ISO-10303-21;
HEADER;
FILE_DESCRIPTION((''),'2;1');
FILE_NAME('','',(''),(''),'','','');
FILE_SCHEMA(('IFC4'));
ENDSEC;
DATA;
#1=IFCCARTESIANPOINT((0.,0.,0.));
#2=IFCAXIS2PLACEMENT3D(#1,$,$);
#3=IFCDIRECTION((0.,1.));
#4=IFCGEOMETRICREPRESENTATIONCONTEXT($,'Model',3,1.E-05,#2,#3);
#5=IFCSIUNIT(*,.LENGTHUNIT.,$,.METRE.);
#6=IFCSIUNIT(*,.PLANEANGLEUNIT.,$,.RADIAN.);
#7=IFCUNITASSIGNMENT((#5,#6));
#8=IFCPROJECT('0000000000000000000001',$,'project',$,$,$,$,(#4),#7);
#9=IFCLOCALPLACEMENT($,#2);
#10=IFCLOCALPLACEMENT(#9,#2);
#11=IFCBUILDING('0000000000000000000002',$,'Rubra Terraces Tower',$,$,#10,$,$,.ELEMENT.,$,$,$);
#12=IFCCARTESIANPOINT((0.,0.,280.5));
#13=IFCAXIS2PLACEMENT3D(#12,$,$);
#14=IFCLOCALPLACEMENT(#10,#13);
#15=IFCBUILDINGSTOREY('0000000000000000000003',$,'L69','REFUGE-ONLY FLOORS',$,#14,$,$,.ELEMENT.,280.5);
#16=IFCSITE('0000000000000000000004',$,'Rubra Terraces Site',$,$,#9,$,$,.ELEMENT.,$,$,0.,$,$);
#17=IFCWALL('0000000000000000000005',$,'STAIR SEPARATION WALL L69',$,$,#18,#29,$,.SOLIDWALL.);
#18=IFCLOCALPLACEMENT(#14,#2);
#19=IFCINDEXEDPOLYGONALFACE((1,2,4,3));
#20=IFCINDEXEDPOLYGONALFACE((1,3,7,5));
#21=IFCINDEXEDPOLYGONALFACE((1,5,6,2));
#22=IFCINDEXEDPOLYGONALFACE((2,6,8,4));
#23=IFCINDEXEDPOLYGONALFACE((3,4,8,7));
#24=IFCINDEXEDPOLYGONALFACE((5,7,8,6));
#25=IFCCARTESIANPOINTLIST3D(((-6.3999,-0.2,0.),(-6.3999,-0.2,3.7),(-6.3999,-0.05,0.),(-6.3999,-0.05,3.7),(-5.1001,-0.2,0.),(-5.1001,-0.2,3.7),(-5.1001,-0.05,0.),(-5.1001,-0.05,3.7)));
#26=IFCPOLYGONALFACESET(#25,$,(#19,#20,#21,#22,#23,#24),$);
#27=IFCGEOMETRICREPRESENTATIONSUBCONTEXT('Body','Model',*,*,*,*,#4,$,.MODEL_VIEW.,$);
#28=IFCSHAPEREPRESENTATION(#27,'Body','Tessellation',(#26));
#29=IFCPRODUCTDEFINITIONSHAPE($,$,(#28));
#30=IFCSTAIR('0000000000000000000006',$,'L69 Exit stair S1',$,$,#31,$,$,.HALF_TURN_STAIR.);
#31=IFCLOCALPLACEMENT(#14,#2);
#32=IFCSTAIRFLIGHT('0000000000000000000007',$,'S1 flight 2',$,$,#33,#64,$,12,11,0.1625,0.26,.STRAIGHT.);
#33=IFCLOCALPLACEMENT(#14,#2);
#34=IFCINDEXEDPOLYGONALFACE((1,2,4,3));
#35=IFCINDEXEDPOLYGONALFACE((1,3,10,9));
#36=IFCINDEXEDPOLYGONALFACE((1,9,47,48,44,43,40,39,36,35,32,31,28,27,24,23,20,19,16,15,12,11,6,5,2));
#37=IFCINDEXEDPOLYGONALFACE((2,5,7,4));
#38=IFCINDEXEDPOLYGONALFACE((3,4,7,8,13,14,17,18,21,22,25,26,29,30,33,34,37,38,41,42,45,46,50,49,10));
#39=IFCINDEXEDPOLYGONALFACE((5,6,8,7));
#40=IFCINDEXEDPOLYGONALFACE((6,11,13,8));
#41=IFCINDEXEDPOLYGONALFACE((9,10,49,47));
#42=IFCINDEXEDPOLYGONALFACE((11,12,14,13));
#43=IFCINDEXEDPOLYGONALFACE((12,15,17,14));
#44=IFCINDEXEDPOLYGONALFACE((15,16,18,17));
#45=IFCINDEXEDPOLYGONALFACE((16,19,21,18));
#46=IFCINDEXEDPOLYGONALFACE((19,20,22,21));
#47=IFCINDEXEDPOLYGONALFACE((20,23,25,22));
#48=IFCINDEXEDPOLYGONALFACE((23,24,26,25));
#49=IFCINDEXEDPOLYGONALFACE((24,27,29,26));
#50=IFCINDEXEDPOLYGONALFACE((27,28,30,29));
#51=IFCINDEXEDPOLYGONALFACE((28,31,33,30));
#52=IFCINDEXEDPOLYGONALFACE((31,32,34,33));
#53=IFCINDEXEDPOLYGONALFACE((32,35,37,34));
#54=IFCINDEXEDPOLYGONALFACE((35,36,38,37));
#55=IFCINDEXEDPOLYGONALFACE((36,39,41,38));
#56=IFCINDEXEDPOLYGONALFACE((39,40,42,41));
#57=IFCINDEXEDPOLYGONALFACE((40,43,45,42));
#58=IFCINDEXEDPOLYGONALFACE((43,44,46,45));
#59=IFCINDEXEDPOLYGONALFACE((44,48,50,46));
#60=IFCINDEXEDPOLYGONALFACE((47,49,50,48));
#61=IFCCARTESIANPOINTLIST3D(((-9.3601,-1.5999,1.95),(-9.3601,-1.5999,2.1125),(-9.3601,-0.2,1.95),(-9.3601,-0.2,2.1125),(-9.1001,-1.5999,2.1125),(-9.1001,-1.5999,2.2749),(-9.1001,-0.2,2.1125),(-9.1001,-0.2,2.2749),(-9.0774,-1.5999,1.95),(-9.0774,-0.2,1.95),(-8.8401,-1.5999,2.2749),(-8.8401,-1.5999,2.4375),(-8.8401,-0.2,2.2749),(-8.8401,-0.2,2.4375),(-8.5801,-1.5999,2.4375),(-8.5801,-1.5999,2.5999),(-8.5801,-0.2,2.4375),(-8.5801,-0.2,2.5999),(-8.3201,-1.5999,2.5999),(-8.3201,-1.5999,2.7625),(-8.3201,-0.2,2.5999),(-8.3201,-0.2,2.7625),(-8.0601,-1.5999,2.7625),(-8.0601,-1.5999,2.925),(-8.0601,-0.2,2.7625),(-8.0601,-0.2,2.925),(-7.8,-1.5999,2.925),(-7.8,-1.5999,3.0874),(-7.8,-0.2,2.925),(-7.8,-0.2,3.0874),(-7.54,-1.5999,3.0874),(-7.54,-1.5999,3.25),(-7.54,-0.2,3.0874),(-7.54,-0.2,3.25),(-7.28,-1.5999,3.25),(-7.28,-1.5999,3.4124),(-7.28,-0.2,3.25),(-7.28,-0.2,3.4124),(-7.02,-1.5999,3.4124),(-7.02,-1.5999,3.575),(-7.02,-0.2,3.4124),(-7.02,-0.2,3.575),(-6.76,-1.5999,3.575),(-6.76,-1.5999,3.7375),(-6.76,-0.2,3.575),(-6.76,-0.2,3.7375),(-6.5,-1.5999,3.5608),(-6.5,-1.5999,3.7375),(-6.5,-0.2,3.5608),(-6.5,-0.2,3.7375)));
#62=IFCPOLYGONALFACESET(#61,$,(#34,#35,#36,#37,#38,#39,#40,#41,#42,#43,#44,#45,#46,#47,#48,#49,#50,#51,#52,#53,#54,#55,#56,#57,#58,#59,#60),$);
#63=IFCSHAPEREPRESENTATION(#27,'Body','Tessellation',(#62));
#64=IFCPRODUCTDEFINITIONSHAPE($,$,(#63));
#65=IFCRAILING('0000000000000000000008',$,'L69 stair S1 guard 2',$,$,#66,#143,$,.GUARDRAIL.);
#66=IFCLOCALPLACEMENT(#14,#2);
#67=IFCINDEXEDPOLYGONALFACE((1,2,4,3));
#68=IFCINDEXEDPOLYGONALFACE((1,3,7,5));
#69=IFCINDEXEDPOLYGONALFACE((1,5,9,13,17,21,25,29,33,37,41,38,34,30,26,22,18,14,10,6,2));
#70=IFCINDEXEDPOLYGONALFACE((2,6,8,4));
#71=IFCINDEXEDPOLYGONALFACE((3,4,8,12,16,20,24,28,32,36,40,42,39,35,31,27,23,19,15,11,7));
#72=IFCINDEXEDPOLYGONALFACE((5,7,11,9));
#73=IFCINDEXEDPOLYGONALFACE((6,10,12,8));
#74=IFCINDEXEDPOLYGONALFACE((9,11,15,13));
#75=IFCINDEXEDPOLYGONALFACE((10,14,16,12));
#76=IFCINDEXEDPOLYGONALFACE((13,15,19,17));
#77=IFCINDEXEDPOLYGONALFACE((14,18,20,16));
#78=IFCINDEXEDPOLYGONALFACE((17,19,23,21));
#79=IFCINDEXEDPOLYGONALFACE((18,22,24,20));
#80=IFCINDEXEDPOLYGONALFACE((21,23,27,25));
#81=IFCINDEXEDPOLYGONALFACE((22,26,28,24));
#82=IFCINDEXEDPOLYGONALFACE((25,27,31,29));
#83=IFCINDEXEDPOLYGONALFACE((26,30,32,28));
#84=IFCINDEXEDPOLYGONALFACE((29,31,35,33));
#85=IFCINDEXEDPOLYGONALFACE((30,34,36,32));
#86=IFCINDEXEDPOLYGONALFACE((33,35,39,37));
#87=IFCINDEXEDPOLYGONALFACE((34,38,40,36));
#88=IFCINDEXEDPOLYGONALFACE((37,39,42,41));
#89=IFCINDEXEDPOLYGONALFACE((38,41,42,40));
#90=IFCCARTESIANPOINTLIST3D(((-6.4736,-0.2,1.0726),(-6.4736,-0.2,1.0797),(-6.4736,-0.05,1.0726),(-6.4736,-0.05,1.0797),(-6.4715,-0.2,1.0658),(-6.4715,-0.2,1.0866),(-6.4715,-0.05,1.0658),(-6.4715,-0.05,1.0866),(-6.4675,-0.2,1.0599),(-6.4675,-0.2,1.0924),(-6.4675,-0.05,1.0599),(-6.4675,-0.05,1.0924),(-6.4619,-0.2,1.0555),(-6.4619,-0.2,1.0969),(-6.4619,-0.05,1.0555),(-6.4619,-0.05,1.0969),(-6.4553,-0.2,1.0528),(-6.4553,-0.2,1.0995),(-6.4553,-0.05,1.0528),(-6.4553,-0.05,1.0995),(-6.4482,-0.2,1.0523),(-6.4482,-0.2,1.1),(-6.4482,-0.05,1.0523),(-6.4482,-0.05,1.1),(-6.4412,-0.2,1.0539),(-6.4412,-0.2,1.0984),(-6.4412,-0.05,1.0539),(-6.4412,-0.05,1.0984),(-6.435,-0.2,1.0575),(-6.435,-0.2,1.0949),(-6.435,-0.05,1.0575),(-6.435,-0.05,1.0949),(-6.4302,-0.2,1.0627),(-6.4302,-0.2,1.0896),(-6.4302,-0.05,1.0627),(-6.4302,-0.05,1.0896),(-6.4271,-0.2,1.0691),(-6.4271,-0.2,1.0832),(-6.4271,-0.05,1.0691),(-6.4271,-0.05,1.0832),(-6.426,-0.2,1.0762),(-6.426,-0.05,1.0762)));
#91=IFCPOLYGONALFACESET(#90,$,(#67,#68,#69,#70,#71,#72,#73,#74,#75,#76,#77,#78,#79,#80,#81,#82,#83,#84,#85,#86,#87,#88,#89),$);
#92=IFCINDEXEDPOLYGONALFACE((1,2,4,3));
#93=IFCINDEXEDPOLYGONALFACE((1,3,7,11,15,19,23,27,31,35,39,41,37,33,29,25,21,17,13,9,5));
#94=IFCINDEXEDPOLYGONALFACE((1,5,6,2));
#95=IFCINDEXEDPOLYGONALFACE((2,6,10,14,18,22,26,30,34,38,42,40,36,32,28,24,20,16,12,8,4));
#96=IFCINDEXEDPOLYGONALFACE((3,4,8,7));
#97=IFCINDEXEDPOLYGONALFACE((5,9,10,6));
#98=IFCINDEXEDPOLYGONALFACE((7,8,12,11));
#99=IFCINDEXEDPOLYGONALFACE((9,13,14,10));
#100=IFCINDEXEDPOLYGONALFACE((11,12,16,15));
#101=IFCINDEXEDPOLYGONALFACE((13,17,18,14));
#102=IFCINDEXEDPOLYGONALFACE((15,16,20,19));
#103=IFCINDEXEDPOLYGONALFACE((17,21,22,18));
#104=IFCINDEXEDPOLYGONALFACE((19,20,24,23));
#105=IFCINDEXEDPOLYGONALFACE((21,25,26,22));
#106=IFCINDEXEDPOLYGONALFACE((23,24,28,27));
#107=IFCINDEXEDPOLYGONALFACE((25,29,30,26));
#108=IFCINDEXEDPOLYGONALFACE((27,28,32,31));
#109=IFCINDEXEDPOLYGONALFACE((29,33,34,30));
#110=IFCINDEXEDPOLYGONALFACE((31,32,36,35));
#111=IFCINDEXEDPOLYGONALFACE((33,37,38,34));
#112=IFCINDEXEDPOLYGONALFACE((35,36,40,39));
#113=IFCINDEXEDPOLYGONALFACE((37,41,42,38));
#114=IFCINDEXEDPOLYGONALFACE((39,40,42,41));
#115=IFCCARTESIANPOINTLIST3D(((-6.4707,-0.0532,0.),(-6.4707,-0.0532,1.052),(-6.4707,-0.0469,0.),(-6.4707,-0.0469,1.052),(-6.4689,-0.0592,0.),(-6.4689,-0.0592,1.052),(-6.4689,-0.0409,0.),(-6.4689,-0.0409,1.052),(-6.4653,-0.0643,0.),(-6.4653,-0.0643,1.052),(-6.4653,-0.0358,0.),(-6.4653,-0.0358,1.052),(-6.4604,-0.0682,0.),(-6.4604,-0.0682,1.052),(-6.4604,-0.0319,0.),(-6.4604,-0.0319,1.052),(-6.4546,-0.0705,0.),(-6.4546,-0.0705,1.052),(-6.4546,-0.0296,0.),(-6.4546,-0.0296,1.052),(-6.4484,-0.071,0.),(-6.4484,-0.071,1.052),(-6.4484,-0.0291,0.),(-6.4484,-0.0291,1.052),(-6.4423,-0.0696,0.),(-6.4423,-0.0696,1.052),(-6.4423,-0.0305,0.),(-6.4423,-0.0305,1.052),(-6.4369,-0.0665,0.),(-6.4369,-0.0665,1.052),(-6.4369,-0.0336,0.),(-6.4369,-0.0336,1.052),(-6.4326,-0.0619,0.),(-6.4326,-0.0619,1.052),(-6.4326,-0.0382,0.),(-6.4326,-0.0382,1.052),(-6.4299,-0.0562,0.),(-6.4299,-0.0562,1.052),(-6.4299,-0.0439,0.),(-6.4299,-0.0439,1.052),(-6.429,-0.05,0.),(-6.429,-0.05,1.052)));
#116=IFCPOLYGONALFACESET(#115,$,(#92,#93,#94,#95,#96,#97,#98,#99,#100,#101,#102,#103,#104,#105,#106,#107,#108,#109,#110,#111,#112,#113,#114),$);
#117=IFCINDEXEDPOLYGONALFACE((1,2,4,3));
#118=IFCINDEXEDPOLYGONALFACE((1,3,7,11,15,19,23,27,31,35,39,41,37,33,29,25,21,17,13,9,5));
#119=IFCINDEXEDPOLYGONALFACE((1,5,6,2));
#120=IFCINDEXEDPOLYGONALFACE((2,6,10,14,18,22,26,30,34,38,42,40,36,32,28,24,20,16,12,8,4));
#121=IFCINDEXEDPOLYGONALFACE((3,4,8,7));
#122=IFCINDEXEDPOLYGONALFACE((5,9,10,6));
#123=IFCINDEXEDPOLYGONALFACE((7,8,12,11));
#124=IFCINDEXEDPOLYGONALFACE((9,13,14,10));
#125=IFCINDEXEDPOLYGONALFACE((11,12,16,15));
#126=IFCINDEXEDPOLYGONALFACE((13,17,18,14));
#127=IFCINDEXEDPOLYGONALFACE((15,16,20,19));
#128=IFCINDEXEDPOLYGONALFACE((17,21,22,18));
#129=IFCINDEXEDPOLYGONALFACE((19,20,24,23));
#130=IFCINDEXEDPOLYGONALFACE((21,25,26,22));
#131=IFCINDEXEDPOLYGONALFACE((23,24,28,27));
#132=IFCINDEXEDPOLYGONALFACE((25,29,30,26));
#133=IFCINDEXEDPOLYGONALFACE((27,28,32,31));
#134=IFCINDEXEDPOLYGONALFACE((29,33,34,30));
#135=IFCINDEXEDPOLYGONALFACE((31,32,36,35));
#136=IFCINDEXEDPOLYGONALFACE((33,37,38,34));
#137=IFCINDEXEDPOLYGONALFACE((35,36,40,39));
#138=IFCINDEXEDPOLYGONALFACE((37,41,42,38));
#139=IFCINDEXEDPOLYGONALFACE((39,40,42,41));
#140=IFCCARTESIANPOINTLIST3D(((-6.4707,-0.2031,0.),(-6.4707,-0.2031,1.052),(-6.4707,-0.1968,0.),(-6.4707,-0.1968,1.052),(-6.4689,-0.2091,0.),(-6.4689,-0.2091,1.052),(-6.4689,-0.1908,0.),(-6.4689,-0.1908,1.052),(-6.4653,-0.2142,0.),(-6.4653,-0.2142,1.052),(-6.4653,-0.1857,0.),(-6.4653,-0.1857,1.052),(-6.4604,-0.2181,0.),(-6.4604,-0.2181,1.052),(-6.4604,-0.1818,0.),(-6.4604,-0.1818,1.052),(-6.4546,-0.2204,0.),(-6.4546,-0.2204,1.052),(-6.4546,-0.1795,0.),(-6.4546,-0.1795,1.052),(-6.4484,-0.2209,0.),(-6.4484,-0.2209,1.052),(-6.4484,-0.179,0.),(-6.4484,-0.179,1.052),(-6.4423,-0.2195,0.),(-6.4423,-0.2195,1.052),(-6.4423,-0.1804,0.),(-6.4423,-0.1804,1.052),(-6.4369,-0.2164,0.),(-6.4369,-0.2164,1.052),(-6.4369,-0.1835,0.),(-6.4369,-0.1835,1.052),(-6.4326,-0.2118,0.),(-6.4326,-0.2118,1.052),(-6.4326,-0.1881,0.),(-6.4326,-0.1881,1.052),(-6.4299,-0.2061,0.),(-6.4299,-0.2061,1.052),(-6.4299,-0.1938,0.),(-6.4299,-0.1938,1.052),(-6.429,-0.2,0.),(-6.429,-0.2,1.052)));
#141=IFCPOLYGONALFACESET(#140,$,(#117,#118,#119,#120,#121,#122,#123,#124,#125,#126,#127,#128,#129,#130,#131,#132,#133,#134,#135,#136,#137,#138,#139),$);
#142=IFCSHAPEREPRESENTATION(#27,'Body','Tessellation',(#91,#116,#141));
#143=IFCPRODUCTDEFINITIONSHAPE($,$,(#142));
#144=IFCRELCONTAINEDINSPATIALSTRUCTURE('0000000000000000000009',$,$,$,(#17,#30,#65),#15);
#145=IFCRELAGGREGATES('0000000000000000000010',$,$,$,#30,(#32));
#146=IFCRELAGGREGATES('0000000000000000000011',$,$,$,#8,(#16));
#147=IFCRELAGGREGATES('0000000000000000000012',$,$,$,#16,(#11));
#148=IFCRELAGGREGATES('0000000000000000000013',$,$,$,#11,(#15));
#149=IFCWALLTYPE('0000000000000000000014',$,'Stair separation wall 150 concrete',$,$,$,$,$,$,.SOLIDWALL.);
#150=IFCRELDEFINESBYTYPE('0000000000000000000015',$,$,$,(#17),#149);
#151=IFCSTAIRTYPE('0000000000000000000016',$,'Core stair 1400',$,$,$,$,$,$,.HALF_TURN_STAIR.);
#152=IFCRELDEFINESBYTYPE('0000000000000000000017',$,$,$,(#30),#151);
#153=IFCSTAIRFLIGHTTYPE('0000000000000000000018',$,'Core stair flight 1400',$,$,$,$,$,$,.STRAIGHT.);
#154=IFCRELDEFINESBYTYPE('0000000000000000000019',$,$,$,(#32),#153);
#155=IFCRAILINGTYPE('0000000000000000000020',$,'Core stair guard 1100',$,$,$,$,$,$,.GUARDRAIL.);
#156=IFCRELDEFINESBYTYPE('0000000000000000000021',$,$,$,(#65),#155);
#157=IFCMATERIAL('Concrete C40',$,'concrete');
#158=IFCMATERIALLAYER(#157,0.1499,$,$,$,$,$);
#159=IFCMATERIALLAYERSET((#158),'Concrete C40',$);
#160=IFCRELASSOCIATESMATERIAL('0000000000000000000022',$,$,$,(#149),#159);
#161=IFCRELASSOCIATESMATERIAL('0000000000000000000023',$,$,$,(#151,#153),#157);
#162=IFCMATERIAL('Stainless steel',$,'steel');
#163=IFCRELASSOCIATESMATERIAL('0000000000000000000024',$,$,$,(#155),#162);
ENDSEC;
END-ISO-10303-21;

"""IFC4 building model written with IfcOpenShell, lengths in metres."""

from ifc_helpers import new_model, si_unit, direction, frame, frame_2d, origin, origin_2d, place, context, subcontext, project, spatial, polyline, rectangle, circle, outline, extrude, material, layer, layer_set, type_object, element, aggregate, save


model = new_model("IFC4")

# Units and contexts
model_context = context("Model", 3, precision=1e-05, world=origin(), true_north=direction((0.0, 1.0)))
body_context = subcontext(model_context, "Body", "Model", "MODEL_VIEW")
ifc_project = project(units=[si_unit("LENGTHUNIT", "METRE"), si_unit("PLANEANGLEUNIT", "RADIAN")], contexts=[model_context])

# Site, building, storey
site_placement = place(None, origin())
site = spatial("IfcSite", under=ifc_project, at=site_placement, Name="Rubra Terraces Site", CompositionType="ELEMENT", RefElevation=0.0)
building_placement = place(site_placement, origin())
building = spatial("IfcBuilding", under=site, at=building_placement, Name="Rubra Terraces Tower", CompositionType="ELEMENT")
storey_placement = place(building_placement, frame((0.0, 0.0, 280.5)))
storey = spatial("IfcBuildingStorey", under=building, at=storey_placement, Name="L69", Description="REFUGE-ONLY FLOORS", CompositionType="ELEMENT", Elevation=280.5)

# Shared definitions
ifc_material_1 = material(Name="Concrete C40", Category="concrete")

# Wall
ifc_layer_1 = layer(ifc_material_1, 0.1499)
ifc_layer_set_1 = layer_set([ifc_layer_1], Name="Concrete C40")
wall_type_1 = type_object("IfcWallType", Name="Stair separation wall 150 concrete", PredefinedType="SOLIDWALL", material=ifc_layer_set_1)
wall_1_placement = place(storey_placement, frame((-6.3999, -0.125, 0.0), z_axis=(0.0, 0.0, 1.0), x_axis=(1.0, 0.0, 0.0)))
element("IfcWall", 1, at=wall_1_placement, inside=storey, type_object=wall_type_1, Name="STAIR SEPARATION WALL L69", PredefinedType="SOLIDWALL", context=body_context, shape_type="SweptSolid", body=[
    extrude(rectangle(XDim=1.2998, YDim=0.1499, at=frame_2d((0.6499, 0.0))), origin(), (0.0, 0.0, 1.0), 3.7),
])

# Stair, stair flight
stair_type = type_object("IfcStairType", Name="Core stair 1400", PredefinedType="HALF_TURN_STAIR", material=ifc_material_1)
stair_placement = place(storey_placement, origin())
stair = element("IfcStair", 2, at=stair_placement, inside=storey, type_object=stair_type, Name="L69 Exit stair S1", PredefinedType="HALF_TURN_STAIR")
stair_flight_type = type_object("IfcStairFlightType", Name="Core stair flight 1400", PredefinedType="STRAIGHT", material=ifc_material_1)
stair_flight_placement = place(storey_placement, frame((-9.3601, -0.8999, 1.95), z_axis=(0.0, 0.0, 1.0), x_axis=(1.0, 0.0, 0.0)))
stair_flight = element("IfcStairFlight", 3, at=stair_flight_placement, type_object=stair_flight_type, Name="S1 flight 2", NumberOfRisers=12, NumberOfTreads=11, PredefinedType="STRAIGHT", RiserHeight=0.1625, TreadLength=0.26, context=body_context, shape_type="SweptSolid", body=[
    extrude(outline(polyline([(0.0, 0.0), (0.0, 0.1626), (0.26, 0.1626), (0.26, 0.325), (0.52, 0.325), (0.52, 0.4875), (0.78, 0.4875), (0.78, 0.6499), (1.04, 0.6499), (1.04, 0.8125), (1.3, 0.8125), (1.3, 0.9751), (1.5601, 0.9751), (1.5601, 1.1375), (1.8201, 1.1375), (1.8201, 1.3), (2.0801, 1.3), (2.0801, 1.4624), (2.3401, 1.4624), (2.3401, 1.625), (2.6001, 1.625), (2.6001, 1.7876), (2.8601, 1.7876), (2.8601, 1.95), (2.8601, 1.6108), (0.2827, 0.0), (0.0, 0.0)])), frame((0.0, 0.7, 0.0), z_axis=(0.0, -1.0, 0.0), x_axis=(1.0, 0.0, 0.0)), (0.0, 0.0, 1.0), 1.3999),
])
aggregate(stair, [stair_flight])

# Railing
ifc_material_2 = material(Name="Stainless steel", Category="steel")
railing_type = type_object("IfcRailingType", Name="Core stair guard 1100", PredefinedType="GUARDRAIL", material=ifc_material_2)
railing_1_placement = place(storey_placement, frame((-6.45, -0.05, 0.0)))
element("IfcRailing", 4, at=railing_1_placement, inside=storey, type_object=railing_type, Name="L69 stair S1 guard 2", PredefinedType="GUARDRAIL", context=body_context, shape_type="SweptSolid", body=[
    extrude(circle(Radius=0.0239, at=origin_2d()), frame((0.0, 0.0, 1.0762), z_axis=(0.0, -1.0, 0.0), x_axis=(1.0, 0.0, 0.0)), (0.0, 0.0, 1.0), 0.1499),
    extrude(circle(Radius=0.021, at=origin_2d()), origin(), (0.0, 0.0, 1.0), 1.052),
    extrude(circle(Radius=0.021, at=origin_2d()), frame((0.0, -0.1499, 0.0)), (0.0, 0.0, 1.0), 1.052),
])

save(model, "model.ifc")
